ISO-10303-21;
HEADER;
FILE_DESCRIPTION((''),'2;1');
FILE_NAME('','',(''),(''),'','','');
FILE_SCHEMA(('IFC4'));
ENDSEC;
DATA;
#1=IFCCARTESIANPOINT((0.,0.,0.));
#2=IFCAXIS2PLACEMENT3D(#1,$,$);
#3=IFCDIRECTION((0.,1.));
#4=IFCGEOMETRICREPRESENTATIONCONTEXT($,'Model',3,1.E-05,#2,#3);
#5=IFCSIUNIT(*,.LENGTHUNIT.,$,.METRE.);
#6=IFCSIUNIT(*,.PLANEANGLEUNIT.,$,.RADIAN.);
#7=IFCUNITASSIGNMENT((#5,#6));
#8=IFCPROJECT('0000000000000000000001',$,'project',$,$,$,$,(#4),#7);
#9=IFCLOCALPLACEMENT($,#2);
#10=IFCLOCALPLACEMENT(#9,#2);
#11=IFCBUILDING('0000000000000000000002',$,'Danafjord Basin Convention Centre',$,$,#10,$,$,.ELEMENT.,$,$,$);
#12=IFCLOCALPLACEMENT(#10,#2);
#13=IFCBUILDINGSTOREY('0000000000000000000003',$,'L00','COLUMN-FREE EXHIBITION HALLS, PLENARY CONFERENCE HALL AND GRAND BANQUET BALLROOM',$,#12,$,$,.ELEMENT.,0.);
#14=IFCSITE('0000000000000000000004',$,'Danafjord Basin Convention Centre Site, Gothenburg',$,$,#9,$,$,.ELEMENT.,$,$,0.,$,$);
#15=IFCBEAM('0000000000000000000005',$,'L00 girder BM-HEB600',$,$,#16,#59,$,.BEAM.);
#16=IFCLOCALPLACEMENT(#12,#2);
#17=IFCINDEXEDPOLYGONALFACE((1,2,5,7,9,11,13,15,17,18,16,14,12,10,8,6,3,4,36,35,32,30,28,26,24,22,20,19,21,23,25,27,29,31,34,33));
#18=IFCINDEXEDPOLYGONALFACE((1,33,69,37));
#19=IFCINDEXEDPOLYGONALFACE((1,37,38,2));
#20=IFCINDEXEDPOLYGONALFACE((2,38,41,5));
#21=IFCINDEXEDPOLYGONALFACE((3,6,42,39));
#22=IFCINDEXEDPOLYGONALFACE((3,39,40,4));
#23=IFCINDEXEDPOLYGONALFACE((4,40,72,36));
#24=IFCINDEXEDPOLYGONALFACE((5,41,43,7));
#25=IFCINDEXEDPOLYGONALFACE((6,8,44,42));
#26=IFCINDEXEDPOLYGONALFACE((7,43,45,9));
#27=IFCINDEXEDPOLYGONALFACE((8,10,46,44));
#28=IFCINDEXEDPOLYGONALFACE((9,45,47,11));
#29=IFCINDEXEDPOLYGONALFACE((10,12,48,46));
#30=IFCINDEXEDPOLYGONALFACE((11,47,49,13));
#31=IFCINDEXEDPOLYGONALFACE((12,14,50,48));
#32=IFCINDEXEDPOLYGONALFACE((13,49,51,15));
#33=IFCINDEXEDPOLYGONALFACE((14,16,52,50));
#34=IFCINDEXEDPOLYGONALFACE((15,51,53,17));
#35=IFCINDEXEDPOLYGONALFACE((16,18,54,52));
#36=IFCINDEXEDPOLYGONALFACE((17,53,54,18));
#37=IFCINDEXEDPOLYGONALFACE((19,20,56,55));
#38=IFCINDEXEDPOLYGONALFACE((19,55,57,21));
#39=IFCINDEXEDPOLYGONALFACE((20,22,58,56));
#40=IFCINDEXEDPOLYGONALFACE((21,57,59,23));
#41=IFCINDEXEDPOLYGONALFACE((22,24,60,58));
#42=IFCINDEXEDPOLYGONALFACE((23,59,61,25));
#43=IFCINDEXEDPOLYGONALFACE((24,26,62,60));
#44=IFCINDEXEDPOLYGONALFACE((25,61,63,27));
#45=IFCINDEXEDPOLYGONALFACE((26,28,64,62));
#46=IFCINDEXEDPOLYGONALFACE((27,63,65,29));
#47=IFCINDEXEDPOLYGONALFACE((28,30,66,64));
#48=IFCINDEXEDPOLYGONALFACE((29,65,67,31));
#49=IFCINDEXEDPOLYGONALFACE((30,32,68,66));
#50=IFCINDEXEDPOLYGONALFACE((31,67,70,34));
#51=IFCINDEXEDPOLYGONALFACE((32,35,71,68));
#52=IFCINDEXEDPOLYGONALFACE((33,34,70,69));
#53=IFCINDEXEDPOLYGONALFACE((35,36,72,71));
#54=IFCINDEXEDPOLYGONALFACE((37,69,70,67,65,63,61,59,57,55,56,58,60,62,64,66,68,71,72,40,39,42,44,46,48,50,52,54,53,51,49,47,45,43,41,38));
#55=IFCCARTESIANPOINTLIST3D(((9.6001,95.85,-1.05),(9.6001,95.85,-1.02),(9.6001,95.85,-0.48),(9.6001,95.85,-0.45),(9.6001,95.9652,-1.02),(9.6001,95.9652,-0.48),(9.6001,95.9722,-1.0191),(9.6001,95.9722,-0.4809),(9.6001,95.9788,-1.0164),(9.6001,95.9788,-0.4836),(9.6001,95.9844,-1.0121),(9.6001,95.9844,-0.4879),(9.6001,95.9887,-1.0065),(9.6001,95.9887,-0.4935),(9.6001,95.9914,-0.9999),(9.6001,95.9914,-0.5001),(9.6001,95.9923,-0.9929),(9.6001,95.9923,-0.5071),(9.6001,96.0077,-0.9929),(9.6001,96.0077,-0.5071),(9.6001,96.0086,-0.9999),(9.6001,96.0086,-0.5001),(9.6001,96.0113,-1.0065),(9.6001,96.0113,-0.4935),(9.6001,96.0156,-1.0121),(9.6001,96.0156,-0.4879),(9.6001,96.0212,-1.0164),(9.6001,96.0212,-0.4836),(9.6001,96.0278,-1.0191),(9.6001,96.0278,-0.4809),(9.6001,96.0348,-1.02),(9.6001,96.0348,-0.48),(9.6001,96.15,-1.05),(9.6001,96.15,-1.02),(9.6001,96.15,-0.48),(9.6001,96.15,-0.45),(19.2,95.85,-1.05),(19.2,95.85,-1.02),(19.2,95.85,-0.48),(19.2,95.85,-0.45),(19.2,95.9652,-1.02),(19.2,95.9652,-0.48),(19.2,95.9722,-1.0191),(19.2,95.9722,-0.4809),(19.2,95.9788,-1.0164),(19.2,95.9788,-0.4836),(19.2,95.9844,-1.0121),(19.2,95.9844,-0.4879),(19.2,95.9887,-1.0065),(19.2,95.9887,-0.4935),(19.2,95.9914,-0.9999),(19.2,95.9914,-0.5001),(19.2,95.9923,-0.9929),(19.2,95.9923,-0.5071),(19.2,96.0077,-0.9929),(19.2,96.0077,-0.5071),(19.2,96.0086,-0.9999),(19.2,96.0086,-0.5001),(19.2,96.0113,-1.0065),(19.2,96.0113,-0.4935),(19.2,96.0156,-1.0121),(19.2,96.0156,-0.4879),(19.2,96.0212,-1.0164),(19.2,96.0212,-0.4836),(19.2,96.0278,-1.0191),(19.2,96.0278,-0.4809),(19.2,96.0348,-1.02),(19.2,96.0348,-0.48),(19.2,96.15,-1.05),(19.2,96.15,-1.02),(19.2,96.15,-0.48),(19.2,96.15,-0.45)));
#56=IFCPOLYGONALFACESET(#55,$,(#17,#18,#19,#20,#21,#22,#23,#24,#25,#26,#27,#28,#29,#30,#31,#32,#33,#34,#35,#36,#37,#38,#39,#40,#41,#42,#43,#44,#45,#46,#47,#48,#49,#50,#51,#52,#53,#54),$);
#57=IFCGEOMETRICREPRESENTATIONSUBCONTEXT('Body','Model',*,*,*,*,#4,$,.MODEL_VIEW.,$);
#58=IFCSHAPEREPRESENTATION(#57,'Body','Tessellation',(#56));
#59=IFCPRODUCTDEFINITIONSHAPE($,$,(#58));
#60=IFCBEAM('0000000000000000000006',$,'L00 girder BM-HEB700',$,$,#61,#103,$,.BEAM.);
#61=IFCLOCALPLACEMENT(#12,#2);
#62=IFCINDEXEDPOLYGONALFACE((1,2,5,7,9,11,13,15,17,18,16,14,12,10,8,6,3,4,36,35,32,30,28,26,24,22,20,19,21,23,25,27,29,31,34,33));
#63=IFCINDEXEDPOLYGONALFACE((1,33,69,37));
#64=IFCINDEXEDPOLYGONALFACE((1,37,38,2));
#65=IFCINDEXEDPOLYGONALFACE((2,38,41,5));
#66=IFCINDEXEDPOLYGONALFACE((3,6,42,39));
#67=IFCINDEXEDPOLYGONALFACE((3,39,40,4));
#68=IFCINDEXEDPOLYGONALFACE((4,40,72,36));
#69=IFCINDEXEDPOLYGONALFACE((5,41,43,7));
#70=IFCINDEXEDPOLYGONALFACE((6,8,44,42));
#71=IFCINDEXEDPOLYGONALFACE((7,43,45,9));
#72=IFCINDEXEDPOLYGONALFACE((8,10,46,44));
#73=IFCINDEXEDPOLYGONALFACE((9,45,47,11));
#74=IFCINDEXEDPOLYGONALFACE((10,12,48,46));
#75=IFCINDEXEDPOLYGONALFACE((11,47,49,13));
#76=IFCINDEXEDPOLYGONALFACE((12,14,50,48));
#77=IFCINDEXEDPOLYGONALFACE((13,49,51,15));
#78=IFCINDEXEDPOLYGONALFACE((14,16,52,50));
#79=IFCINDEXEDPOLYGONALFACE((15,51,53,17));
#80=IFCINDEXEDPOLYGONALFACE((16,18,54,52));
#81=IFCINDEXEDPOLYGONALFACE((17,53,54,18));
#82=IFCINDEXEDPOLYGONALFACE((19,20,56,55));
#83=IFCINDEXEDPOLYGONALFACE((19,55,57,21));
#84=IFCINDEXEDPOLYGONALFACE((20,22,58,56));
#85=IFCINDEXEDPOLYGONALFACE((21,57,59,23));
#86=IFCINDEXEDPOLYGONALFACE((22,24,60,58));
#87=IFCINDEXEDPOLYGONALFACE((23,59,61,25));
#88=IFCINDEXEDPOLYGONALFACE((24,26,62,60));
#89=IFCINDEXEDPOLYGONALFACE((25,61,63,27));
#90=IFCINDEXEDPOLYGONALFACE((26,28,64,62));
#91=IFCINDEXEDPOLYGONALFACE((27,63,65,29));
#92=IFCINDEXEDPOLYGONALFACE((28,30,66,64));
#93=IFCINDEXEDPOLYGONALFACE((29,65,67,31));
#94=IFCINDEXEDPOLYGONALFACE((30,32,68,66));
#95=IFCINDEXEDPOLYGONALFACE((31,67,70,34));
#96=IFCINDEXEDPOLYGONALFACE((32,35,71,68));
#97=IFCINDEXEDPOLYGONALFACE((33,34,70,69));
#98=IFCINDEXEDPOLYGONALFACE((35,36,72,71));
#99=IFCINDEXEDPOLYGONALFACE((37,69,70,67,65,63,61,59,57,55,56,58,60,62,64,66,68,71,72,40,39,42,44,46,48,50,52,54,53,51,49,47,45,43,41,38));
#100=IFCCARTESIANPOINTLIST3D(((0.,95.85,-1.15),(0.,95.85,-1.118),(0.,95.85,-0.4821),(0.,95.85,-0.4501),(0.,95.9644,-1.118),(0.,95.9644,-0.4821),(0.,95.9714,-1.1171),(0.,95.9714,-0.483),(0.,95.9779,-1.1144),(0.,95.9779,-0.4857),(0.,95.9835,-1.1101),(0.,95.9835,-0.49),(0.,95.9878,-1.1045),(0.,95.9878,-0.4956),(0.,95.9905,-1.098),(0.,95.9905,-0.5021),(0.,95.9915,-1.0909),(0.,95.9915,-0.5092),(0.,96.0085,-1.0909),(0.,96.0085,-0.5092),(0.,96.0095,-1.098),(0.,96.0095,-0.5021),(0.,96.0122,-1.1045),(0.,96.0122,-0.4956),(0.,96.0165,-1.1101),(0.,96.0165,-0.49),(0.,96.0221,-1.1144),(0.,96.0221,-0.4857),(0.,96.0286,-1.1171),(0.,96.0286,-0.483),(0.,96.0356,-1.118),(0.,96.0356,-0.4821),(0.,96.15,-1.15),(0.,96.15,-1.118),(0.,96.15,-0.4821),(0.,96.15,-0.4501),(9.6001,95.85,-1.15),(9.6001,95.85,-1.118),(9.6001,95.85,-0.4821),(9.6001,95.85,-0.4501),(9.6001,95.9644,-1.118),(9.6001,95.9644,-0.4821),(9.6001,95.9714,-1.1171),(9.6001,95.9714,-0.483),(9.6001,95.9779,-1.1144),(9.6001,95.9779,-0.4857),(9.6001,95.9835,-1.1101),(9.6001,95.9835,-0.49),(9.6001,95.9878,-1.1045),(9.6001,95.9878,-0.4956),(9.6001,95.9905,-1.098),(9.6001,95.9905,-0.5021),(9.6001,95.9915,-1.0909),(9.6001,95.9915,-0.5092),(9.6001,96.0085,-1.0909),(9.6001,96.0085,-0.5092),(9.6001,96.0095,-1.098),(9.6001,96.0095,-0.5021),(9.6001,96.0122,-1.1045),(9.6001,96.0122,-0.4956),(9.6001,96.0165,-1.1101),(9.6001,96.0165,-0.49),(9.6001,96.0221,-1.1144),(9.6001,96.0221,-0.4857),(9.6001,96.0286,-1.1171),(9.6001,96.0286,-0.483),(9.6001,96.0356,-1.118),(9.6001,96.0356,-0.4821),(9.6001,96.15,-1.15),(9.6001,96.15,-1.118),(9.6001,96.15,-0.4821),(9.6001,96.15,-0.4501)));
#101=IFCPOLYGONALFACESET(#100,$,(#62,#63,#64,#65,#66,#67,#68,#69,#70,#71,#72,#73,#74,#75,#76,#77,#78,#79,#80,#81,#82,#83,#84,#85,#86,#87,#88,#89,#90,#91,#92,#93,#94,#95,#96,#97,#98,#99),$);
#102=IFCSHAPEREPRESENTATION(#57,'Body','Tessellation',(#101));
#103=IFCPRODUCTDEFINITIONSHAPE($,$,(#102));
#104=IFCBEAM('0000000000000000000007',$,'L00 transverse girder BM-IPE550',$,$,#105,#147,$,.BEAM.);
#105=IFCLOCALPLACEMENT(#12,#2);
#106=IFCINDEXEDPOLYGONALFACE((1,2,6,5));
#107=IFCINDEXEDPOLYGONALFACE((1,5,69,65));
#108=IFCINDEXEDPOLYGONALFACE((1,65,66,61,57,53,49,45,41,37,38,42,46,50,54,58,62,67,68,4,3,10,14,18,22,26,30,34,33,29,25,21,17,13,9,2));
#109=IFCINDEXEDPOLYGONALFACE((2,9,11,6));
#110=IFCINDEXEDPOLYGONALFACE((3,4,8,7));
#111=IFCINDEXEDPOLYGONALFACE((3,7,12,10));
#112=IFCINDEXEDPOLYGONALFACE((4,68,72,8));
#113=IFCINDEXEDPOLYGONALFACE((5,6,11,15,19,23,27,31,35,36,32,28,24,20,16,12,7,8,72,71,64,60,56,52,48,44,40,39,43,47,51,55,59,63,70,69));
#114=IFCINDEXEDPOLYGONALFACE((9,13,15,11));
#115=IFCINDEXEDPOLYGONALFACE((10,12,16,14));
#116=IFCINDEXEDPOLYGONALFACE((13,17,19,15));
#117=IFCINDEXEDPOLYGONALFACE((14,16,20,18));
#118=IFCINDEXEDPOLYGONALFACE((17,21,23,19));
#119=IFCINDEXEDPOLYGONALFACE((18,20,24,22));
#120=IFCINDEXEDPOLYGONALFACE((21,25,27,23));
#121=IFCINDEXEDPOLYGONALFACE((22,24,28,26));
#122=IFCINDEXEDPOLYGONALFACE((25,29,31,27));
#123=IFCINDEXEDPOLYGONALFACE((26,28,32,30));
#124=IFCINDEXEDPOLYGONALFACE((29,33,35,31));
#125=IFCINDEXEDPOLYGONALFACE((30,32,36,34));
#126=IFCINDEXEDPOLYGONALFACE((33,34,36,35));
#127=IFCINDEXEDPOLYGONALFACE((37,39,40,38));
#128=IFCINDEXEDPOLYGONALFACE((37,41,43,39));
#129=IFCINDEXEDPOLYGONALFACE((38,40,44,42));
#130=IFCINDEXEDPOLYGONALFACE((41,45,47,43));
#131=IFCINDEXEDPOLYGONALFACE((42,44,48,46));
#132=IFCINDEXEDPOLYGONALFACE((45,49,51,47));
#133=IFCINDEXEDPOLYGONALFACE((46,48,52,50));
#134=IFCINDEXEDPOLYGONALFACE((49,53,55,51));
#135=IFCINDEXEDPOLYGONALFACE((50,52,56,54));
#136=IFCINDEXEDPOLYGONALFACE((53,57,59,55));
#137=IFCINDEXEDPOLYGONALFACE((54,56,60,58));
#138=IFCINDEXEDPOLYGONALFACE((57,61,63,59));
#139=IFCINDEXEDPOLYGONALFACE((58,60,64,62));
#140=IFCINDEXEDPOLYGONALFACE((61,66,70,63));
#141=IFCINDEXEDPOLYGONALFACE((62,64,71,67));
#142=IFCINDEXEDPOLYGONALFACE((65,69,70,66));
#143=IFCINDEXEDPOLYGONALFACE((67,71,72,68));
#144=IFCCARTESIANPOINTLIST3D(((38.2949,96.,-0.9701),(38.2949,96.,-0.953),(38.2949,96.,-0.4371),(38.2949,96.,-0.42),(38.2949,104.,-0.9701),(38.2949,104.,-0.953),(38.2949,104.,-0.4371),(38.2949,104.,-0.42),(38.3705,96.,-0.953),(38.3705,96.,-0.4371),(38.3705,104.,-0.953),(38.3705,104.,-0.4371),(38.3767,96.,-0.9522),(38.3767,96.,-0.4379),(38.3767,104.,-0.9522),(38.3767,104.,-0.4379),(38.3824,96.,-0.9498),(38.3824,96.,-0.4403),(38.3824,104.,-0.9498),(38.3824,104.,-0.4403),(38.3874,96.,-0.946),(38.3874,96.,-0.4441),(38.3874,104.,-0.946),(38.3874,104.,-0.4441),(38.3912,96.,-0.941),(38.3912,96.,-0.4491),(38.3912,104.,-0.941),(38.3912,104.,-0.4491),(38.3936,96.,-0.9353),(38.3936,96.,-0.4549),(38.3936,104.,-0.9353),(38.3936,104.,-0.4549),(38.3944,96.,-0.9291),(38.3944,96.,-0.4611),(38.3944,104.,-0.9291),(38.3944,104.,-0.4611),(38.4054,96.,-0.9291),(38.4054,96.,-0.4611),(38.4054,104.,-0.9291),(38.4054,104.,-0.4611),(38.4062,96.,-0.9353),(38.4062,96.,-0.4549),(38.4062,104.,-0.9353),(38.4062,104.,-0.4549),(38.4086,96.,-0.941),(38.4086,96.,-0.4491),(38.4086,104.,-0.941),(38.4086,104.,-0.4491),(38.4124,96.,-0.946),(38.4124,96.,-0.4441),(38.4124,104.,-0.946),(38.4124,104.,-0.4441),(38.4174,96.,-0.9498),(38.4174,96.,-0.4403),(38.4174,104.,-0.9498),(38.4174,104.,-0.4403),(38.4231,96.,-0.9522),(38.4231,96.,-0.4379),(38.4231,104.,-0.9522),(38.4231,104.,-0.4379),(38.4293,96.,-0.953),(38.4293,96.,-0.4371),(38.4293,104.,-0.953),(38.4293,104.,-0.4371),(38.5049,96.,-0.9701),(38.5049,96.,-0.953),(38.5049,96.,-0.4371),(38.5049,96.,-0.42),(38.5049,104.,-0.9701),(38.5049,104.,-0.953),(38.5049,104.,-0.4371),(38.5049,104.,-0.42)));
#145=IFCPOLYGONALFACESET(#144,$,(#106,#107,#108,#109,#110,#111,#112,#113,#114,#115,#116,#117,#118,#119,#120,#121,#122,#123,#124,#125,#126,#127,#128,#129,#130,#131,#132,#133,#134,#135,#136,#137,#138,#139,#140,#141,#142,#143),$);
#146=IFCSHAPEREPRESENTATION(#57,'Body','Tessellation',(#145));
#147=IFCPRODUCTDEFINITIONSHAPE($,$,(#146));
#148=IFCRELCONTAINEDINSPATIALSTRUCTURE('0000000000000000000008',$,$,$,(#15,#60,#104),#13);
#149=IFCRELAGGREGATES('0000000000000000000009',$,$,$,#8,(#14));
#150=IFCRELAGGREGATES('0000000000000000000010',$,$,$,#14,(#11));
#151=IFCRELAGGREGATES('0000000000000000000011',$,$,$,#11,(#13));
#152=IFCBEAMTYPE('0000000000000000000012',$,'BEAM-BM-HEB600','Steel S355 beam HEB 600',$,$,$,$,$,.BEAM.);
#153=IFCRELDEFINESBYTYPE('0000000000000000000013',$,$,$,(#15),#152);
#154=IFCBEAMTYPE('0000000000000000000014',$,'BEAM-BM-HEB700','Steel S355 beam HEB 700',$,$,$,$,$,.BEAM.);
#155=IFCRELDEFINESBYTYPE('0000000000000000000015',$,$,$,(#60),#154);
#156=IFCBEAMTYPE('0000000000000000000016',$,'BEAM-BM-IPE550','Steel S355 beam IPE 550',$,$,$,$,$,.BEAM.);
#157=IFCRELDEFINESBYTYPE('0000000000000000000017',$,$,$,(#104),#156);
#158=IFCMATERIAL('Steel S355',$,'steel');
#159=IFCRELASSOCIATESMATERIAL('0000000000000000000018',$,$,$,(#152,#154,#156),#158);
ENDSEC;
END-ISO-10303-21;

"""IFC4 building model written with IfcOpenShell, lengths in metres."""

from ifc_helpers import new_model, si_unit, direction, frame, origin, origin_2d, place, context, subcontext, project, spatial, i_section, extrude, material, material_profile, profile_set, type_object, element, save


model = new_model("IFC4")

# Units and contexts
model_context = context("Model", 3, precision=1e-05, world=origin(), true_north=direction((0.0, 1.0)))
body_context = subcontext(model_context, "Body", "Model", "MODEL_VIEW")
ifc_project = project(units=[si_unit("LENGTHUNIT", "METRE"), si_unit("PLANEANGLEUNIT", "RADIAN")], contexts=[model_context])

# Site, building, storey
site_placement = place(None, origin())
site = spatial("IfcSite", under=ifc_project, at=site_placement, Name="Danafjord Basin Convention Centre Site, Gothenburg", CompositionType="ELEMENT", RefElevation=0.0)
building_placement = place(site_placement, origin())
building = spatial("IfcBuilding", under=site, at=building_placement, Name="Danafjord Basin Convention Centre", CompositionType="ELEMENT")
storey_placement = place(building_placement, origin())
storey = spatial("IfcBuildingStorey", under=building, at=storey_placement, Name="L00", Description="COLUMN-FREE EXHIBITION HALLS, PLENARY CONFERENCE HALL AND GRAND BANQUET BALLROOM", CompositionType="ELEMENT", Elevation=0.0)

# Beams
ifc_material_1 = material(Name="Steel S355", Category="steel")
ifc_material_profile_1 = material_profile(ifc_material_1, i_section(OverallWidth=0.3, OverallDepth=0.6001, WebThickness=0.0154, FlangeThickness=0.03, FilletRadius=0.0271, at=origin_2d()), Name="HEB 600")
ifc_profile_set_1 = profile_set([ifc_material_profile_1], Name="Steel S355")
beam_type_1 = type_object("IfcBeamType", Name="BEAM-BM-HEB600", Description="Steel S355 beam HEB 600", PredefinedType="BEAM", material=ifc_profile_set_1)
beam_1_placement = place(storey_placement, frame((9.6001, 96.0, -0.75), z_axis=(1.0, 0.0, 0.0), x_axis=(0.0, 1.0, 0.0)))
element("IfcBeam", 1, at=beam_1_placement, inside=storey, type_object=beam_type_1, Name="L00 girder BM-HEB600", PredefinedType="BEAM", context=body_context, shape_type="SweptSolid", body=[
    extrude(i_section(OverallWidth=0.3, OverallDepth=0.6001, WebThickness=0.0154, FlangeThickness=0.03, FilletRadius=0.0271, at=origin_2d()), origin(), (0.0, 0.0, 1.0), 9.5999),
])
ifc_material_profile_2 = material_profile(ifc_material_1, i_section(OverallWidth=0.3, OverallDepth=0.7, WebThickness=0.0171, FlangeThickness=0.032, FilletRadius=0.0271, at=origin_2d()), Name="HEB 700")
ifc_profile_set_2 = profile_set([ifc_material_profile_2], Name="Steel S355")
beam_type_2 = type_object("IfcBeamType", Name="BEAM-BM-HEB700", Description="Steel S355 beam HEB 700", PredefinedType="BEAM", material=ifc_profile_set_2)
beam_2_placement = place(storey_placement, frame((0.0, 96.0, -0.8), z_axis=(1.0, 0.0, 0.0), x_axis=(0.0, 1.0, 0.0)))
element("IfcBeam", 2, at=beam_2_placement, inside=storey, type_object=beam_type_2, Name="L00 girder BM-HEB700", PredefinedType="BEAM", context=body_context, shape_type="SweptSolid", body=[
    extrude(i_section(OverallWidth=0.3, OverallDepth=0.7, WebThickness=0.0171, FlangeThickness=0.032, FilletRadius=0.0271, at=origin_2d()), origin(), (0.0, 0.0, 1.0), 9.6001),
])
ifc_material_profile_3 = material_profile(ifc_material_1, i_section(OverallWidth=0.21, OverallDepth=0.55, WebThickness=0.011, FlangeThickness=0.0171, FilletRadius=0.0239, at=origin_2d()), Name="IPE 550")
ifc_profile_set_3 = profile_set([ifc_material_profile_3], Name="Steel S355")
beam_type_3 = type_object("IfcBeamType", Name="BEAM-BM-IPE550", Description="Steel S355 beam IPE 550", PredefinedType="BEAM", material=ifc_profile_set_3)
beam_3_placement = place(storey_placement, frame((38.3999, 96.0, -0.6951), z_axis=(0.0, 1.0, 0.0), x_axis=(-1.0, 0.0, 0.0)))
element("IfcBeam", 3, at=beam_3_placement, inside=storey, type_object=beam_type_3, Name="L00 transverse girder BM-IPE550", PredefinedType="BEAM", context=body_context, shape_type="SweptSolid", body=[
    extrude(i_section(OverallWidth=0.21, OverallDepth=0.55, WebThickness=0.011, FlangeThickness=0.0171, FilletRadius=0.0239, at=origin_2d()), origin(), (0.0, 0.0, 1.0), 8.0),
])

save(model, "model.ifc")
